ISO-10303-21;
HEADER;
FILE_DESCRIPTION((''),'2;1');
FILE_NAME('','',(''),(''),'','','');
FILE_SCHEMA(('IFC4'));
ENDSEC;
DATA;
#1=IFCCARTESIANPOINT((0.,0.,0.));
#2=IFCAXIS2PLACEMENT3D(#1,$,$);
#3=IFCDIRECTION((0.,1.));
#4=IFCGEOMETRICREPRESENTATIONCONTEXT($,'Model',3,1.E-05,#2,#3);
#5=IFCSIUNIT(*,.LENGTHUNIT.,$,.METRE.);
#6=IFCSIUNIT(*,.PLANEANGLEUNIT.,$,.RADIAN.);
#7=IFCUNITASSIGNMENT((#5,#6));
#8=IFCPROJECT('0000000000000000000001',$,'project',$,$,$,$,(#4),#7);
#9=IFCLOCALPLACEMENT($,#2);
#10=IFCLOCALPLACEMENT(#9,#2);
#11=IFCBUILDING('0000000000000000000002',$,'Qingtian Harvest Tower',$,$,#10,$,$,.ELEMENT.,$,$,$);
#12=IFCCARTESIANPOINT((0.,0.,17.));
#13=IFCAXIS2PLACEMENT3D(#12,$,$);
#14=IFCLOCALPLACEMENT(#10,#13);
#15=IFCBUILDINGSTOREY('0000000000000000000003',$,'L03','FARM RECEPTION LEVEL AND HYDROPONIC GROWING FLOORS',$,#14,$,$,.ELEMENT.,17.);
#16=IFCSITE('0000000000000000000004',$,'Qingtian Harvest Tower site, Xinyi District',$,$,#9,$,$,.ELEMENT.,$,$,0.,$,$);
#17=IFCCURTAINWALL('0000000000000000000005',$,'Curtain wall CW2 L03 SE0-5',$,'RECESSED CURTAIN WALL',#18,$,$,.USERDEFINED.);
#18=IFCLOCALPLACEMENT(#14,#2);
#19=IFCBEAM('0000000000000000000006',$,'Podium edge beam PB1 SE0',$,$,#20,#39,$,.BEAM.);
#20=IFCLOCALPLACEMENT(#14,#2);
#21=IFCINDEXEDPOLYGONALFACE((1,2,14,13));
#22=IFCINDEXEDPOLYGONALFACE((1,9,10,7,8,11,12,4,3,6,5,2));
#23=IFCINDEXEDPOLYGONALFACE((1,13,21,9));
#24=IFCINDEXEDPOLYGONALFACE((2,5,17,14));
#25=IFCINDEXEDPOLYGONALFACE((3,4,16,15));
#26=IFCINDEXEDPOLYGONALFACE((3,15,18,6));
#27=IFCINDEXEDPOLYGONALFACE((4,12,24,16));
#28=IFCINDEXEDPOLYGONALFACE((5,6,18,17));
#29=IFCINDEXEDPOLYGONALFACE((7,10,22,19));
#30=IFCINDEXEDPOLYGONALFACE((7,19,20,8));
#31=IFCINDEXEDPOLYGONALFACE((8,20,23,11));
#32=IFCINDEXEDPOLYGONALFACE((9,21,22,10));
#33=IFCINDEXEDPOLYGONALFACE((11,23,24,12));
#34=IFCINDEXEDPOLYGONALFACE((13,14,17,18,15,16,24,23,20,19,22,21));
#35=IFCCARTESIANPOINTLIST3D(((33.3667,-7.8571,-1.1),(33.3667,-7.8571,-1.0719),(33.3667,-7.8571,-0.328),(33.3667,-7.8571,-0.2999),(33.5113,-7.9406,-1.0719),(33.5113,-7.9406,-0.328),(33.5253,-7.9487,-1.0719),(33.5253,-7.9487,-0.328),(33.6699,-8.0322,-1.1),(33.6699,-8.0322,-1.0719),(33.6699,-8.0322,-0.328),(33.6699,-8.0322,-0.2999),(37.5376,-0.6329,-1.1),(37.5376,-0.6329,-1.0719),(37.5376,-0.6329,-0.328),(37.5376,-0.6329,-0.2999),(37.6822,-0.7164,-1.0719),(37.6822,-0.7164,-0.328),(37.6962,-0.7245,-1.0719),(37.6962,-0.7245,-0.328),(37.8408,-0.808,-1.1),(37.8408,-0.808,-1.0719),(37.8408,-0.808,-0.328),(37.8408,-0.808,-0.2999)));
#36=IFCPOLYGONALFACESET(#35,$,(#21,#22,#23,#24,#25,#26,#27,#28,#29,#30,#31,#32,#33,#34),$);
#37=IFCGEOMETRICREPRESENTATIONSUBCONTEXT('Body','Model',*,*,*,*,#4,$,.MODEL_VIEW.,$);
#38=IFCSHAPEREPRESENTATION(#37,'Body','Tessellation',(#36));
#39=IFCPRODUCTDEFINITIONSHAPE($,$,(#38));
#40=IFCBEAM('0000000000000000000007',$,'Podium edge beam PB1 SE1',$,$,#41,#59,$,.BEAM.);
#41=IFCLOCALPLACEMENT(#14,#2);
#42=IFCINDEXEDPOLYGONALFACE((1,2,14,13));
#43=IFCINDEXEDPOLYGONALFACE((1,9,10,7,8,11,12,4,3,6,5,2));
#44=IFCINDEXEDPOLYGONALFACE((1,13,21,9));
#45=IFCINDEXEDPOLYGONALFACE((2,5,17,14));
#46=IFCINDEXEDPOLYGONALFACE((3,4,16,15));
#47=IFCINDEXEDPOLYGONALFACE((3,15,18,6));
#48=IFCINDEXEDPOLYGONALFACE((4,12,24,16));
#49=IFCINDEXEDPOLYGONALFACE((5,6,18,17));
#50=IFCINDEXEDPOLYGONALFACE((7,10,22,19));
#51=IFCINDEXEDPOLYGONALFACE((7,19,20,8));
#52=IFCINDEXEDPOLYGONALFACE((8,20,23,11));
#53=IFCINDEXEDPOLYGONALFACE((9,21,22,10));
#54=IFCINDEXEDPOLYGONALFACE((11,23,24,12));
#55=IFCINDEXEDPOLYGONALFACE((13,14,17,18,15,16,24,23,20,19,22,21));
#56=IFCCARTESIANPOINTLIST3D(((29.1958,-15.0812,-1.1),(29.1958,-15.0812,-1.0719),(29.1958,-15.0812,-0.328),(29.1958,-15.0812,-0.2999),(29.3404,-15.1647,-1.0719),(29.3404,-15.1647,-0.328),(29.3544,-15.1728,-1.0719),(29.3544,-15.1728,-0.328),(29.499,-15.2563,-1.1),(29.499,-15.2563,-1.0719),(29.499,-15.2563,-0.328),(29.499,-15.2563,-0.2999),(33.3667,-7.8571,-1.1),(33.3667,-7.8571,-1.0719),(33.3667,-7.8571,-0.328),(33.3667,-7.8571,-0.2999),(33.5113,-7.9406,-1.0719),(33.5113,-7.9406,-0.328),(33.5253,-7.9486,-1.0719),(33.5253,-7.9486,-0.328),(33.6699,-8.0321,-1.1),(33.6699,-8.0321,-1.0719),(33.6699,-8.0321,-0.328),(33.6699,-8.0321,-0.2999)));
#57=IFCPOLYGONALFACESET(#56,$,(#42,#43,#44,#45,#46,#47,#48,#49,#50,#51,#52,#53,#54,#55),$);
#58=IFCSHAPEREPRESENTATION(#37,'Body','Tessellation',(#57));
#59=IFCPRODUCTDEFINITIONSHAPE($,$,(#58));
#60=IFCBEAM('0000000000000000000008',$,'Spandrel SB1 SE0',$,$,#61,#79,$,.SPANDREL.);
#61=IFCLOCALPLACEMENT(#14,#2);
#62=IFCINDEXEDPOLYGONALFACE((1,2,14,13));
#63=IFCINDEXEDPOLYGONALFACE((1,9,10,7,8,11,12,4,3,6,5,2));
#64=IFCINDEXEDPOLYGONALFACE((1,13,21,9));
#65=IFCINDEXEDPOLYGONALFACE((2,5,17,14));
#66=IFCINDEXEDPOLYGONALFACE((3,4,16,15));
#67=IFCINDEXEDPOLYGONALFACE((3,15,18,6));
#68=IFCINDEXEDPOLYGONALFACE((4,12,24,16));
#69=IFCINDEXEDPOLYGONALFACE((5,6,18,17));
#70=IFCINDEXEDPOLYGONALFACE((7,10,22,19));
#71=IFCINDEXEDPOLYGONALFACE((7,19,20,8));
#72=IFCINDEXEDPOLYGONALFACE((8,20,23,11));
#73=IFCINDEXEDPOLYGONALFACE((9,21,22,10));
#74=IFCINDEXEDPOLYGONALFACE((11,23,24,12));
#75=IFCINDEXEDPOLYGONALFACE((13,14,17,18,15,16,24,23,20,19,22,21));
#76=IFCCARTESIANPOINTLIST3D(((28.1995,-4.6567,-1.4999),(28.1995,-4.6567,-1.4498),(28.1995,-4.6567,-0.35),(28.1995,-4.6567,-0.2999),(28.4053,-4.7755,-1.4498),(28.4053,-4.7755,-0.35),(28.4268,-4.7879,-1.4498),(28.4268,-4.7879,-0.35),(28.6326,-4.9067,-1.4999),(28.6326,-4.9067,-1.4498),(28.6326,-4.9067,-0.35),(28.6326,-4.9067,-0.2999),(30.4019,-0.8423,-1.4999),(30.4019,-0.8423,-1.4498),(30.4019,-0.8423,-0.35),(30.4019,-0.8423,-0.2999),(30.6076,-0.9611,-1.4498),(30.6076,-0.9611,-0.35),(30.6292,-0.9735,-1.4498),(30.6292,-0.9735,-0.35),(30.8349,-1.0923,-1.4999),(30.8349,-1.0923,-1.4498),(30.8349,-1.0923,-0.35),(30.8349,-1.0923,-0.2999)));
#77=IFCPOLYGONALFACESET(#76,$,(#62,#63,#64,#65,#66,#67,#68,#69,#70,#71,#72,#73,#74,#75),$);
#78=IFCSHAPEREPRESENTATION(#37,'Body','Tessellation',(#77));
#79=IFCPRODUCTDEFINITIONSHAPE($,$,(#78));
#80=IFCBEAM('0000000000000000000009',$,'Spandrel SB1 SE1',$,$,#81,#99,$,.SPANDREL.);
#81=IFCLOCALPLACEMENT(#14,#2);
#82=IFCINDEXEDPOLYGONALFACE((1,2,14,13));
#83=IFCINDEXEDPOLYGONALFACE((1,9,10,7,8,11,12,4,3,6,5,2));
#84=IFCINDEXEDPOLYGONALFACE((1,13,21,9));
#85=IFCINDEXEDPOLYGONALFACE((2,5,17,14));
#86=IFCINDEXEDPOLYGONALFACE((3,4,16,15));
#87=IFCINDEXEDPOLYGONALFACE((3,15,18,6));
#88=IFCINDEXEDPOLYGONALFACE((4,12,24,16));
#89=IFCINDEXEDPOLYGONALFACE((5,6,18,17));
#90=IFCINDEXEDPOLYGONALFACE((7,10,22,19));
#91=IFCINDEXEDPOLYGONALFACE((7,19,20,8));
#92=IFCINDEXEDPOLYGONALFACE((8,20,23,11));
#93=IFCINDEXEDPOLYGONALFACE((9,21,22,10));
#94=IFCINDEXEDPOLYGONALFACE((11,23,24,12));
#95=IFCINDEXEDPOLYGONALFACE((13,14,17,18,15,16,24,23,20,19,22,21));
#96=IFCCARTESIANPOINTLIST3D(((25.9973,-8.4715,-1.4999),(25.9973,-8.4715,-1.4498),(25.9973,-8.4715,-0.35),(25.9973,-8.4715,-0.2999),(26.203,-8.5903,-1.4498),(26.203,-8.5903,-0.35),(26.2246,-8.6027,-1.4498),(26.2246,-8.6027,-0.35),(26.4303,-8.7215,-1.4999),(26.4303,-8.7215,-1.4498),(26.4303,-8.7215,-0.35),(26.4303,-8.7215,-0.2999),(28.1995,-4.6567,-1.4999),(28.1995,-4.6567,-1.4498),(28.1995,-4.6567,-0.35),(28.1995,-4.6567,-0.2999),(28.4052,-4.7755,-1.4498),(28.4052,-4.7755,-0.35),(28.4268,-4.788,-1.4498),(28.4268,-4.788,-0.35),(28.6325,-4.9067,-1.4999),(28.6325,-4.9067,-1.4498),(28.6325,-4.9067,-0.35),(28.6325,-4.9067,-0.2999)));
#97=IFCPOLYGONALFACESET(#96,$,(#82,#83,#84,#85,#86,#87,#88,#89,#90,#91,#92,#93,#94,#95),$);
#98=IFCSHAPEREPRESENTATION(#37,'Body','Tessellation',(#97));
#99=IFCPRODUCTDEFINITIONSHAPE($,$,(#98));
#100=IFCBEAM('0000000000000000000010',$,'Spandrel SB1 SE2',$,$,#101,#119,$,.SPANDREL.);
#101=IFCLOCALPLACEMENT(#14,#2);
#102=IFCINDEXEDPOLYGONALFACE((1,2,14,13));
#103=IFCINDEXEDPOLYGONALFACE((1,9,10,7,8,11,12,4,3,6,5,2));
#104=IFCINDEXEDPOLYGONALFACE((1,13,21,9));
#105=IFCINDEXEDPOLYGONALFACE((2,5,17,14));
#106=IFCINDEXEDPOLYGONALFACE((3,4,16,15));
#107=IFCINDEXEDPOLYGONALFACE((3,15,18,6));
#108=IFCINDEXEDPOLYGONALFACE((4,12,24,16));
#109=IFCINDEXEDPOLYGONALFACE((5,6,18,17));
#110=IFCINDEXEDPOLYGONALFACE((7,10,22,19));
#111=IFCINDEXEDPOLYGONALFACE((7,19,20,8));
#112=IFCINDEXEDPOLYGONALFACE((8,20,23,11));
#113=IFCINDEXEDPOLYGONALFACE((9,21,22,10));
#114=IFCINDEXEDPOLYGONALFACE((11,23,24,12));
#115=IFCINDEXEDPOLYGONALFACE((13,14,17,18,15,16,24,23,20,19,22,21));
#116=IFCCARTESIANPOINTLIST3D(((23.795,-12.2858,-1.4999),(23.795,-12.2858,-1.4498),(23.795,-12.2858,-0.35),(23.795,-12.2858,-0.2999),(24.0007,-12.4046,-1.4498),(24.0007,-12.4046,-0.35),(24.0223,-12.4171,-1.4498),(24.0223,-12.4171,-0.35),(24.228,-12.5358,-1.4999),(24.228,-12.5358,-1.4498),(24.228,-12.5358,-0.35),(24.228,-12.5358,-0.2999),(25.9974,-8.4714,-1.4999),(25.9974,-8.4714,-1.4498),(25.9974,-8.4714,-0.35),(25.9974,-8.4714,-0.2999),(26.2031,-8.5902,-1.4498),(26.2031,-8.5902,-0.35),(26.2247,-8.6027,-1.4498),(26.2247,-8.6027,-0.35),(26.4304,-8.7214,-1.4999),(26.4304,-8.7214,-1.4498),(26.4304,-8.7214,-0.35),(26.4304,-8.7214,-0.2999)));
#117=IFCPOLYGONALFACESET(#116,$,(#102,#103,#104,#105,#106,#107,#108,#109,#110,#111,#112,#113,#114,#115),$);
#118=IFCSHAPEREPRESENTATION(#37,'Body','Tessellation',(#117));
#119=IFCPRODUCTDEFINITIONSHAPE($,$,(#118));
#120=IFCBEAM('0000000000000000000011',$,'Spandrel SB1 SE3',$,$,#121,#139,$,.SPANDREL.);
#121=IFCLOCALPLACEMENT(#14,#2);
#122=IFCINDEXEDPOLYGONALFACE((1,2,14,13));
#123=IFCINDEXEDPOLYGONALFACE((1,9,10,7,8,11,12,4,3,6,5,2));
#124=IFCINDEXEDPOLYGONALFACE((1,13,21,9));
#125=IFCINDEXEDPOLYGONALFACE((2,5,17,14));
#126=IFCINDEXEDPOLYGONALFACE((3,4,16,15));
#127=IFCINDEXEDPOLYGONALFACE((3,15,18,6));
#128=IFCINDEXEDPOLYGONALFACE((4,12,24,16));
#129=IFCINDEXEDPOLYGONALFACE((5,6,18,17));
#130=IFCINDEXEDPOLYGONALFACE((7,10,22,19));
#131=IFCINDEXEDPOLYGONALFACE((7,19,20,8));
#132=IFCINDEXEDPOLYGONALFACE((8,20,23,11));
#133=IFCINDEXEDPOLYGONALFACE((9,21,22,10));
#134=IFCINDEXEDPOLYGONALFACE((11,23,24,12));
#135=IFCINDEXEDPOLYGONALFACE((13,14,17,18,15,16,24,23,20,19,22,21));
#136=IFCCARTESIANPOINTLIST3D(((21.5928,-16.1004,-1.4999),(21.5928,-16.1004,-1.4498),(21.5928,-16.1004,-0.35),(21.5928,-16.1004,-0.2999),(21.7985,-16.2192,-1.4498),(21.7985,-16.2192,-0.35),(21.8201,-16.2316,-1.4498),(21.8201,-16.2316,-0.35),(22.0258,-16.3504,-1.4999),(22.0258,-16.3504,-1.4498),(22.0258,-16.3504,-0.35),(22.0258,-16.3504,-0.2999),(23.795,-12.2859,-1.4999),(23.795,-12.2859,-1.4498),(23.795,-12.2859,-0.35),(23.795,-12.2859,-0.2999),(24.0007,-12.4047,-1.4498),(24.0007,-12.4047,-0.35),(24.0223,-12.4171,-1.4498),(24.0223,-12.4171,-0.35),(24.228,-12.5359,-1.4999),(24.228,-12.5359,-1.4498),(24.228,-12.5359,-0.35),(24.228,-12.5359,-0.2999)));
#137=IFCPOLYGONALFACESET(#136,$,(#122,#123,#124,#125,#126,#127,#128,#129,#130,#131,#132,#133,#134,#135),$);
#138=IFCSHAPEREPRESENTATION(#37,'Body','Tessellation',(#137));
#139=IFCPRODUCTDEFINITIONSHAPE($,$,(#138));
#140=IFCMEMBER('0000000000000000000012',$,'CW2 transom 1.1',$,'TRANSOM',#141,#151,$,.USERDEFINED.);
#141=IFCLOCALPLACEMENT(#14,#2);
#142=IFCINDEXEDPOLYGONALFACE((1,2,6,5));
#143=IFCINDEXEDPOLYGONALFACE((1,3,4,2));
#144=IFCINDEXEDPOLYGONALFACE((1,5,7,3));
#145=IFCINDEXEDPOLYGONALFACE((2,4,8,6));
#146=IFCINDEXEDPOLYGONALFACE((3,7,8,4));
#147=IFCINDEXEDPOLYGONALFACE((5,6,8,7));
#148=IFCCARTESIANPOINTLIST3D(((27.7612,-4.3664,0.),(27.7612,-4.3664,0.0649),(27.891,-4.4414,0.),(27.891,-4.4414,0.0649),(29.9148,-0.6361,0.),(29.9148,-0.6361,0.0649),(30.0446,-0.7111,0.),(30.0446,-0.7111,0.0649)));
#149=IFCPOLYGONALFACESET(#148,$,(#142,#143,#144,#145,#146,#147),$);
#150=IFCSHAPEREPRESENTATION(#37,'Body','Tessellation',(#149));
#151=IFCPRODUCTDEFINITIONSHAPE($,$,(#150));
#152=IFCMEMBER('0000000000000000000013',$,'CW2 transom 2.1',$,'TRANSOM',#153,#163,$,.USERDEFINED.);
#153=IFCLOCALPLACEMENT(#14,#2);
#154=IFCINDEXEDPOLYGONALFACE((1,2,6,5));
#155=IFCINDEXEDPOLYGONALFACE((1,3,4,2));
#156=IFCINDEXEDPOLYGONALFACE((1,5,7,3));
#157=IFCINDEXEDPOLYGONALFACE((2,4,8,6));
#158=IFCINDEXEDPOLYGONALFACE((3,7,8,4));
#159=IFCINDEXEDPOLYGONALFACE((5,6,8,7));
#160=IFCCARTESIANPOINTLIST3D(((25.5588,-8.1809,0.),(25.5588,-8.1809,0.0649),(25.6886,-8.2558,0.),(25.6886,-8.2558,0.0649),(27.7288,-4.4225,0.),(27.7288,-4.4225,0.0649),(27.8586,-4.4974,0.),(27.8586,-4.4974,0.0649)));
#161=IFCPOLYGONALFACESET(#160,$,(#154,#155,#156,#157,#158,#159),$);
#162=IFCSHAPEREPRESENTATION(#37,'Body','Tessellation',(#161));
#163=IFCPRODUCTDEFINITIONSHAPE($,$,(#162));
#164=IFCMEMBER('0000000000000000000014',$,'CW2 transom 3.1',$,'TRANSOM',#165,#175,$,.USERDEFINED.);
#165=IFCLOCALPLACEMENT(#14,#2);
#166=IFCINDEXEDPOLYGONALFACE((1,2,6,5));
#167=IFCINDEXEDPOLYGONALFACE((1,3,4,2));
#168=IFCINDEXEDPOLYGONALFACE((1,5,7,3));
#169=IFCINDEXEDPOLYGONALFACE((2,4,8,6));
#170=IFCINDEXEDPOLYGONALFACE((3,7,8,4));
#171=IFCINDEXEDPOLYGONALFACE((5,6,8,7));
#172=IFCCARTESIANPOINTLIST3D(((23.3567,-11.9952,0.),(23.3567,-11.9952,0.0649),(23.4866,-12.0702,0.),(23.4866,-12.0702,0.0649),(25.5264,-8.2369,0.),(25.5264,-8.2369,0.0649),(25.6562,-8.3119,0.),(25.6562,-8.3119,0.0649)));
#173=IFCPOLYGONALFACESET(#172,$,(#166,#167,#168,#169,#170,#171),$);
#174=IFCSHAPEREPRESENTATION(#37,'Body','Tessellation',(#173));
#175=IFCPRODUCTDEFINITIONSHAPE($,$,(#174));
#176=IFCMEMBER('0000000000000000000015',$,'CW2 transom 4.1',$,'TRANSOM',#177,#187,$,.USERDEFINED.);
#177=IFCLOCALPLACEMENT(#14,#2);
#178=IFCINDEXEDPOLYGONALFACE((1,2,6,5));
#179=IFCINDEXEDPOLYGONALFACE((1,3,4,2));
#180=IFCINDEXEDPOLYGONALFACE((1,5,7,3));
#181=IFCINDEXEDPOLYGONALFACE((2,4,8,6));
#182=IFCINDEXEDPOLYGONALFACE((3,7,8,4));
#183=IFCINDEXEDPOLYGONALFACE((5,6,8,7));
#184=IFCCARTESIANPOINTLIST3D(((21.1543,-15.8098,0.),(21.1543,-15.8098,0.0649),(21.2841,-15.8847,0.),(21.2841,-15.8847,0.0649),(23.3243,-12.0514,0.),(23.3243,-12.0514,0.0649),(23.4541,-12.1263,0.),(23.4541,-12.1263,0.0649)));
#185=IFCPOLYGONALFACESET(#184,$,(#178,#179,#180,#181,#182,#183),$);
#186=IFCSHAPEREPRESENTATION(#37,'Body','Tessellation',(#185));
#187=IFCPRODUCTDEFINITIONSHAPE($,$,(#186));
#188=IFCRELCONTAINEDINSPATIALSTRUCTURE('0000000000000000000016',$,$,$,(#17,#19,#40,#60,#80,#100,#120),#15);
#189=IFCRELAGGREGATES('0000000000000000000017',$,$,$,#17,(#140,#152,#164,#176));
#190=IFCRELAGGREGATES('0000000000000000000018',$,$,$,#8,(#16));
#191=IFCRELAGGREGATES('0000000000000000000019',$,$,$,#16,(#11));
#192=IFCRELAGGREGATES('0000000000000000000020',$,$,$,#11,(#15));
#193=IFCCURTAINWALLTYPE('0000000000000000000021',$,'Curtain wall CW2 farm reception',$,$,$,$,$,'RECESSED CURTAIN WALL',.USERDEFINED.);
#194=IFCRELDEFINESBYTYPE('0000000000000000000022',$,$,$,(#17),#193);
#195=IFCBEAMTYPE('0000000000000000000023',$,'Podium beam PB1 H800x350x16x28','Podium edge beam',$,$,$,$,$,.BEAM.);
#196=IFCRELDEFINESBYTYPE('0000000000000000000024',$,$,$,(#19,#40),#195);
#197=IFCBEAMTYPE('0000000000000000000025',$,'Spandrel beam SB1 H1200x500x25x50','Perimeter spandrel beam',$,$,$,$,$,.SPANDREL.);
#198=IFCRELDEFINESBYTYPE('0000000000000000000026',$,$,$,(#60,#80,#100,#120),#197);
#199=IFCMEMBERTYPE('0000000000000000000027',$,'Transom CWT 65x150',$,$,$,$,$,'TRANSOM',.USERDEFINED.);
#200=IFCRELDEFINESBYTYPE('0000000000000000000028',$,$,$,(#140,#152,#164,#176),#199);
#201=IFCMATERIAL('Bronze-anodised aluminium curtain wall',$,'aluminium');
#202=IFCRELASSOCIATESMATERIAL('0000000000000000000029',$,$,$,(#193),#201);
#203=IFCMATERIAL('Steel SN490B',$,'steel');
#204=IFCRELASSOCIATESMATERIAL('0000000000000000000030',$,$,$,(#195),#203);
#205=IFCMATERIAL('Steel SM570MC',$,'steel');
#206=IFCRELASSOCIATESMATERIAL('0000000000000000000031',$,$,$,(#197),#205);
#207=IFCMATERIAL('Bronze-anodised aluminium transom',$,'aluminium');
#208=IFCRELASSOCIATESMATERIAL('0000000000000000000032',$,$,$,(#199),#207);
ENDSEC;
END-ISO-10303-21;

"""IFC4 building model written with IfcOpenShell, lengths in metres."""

from ifc_helpers import new_model, si_unit, direction, frame, origin, origin_2d, place, context, subcontext, project, spatial, rectangle, i_section, extrude, material, material_profile, profile_set, type_object, element, aggregate, save


model = new_model("IFC4")

# Units and contexts
model_context = context("Model", 3, precision=1e-05, world=origin(), true_north=direction((0.0, 1.0)))
body_context = subcontext(model_context, "Body", "Model", "MODEL_VIEW")
ifc_project = project(units=[si_unit("LENGTHUNIT", "METRE"), si_unit("PLANEANGLEUNIT", "RADIAN")], contexts=[model_context])

# Site, building, storey
site_placement = place(None, origin())
site = spatial("IfcSite", under=ifc_project, at=site_placement, Name="Qingtian Harvest Tower site, Xinyi District", CompositionType="ELEMENT", RefElevation=0.0)
building_placement = place(site_placement, origin())
building = spatial("IfcBuilding", under=site, at=building_placement, Name="Qingtian Harvest Tower", CompositionType="ELEMENT")
storey_placement = place(building_placement, frame((0.0, 0.0, 17.0)))
storey = spatial("IfcBuildingStorey", under=building, at=storey_placement, Name="L03", Description="FARM RECEPTION LEVEL AND HYDROPONIC GROWING FLOORS", CompositionType="ELEMENT", Elevation=17.0)

# Shared definitions
ifc_material_1 = material(Name="Bronze-anodised aluminium curtain wall", Category="aluminium")
curtain_wall_type = type_object("IfcCurtainWallType", Name="Curtain wall CW2 farm reception", ElementType="RECESSED CURTAIN WALL", PredefinedType="USERDEFINED", material=ifc_material_1)

# Curtain wall
curtain_wall_1_placement = place(storey_placement, origin())
curtain_wall_1 = element("IfcCurtainWall", 1, at=curtain_wall_1_placement, inside=storey, type_object=curtain_wall_type, Name="Curtain wall CW2 L03 SE0-5", ObjectType="RECESSED CURTAIN WALL", PredefinedType="USERDEFINED")

# Beams
ifc_material_2 = material(Name="Steel SN490B", Category="steel")
ifc_material_profile_1 = material_profile(ifc_material_2, i_section(OverallWidth=0.3501, OverallDepth=0.8, WebThickness=0.0161, FlangeThickness=0.0281, at=origin_2d()), Name="H800x350x16x28")
ifc_profile_set_1 = profile_set([ifc_material_profile_1], Name="Steel SN490B")
beam_type_1 = type_object("IfcBeamType", Name="Podium beam PB1 H800x350x16x28", Description="Podium edge beam", PredefinedType="BEAM", material=ifc_profile_set_1)
for number, where, z_axis, x_axis, name in (
    (2, (37.6892, -0.7205, -0.7), (-0.500005, -0.866023, 0.0), (0.866023, -0.500005, 0.0), "Podium edge beam PB1 SE0"),
    (3, (33.5183, -7.9446, -0.7), (-0.500005, -0.866023, 0.0), (0.866023, -0.500005, 0.0), "Podium edge beam PB1 SE1"),
):
    element("IfcBeam", number, at=place(storey_placement, frame(where, z_axis=z_axis, x_axis=x_axis)), inside=storey, type_object=beam_type_1, Name=name, PredefinedType="BEAM", context=body_context, shape_type="SweptSolid", body=[
        extrude(i_section(OverallWidth=0.3501, OverallDepth=0.8, WebThickness=0.0161, FlangeThickness=0.0281, at=origin_2d()), origin(), (0.0, 0.0, 1.0), 8.3418),
    ])
ifc_material_3 = material(Name="Steel SM570MC", Category="steel")
ifc_material_profile_2 = material_profile(ifc_material_3, i_section(OverallWidth=0.5, OverallDepth=1.2, WebThickness=0.0249, FlangeThickness=0.05, at=origin_2d()), Name="H1200x500x25x50")
ifc_profile_set_2 = profile_set([ifc_material_profile_2], Name="Steel SM570MC")
beam_type_2 = type_object("IfcBeamType", Name="Spandrel beam SB1 H1200x500x25x50", Description="Perimeter spandrel beam", PredefinedType="SPANDREL", material=ifc_profile_set_2)
beam_1_placement = place(storey_placement, frame((30.6184, -0.9673, -0.8999), z_axis=(-0.50002, -0.866014, 0.0), x_axis=(0.866014, -0.50002, 0.0)))
element("IfcBeam", 4, at=beam_1_placement, inside=storey, type_object=beam_type_2, Name="Spandrel SB1 SE0", PredefinedType="SPANDREL", context=body_context, shape_type="SweptSolid", body=[
    extrude(i_section(OverallWidth=0.5, OverallDepth=1.2, WebThickness=0.0249, FlangeThickness=0.05, at=origin_2d()), origin(), (0.0, 0.0, 1.0), 4.4045),
])
beam_2_placement = place(storey_placement, frame((28.416, -4.7817, -0.8999), z_axis=(-0.499954, -0.866052, 0.0), x_axis=(0.866052, -0.499954, 0.0)))
element("IfcBeam", 5, at=beam_2_placement, inside=storey, type_object=beam_type_2, Name="Spandrel SB1 SE1", PredefinedType="SPANDREL", context=body_context, shape_type="SweptSolid", body=[
    extrude(i_section(OverallWidth=0.5, OverallDepth=1.2, WebThickness=0.0249, FlangeThickness=0.05, at=origin_2d()), origin(), (0.0, 0.0, 1.0), 4.4048),
])
for number, where, z_axis, x_axis, name in (
    (6, (26.2139, -8.5964, -0.8999), (-0.50002, -0.866014, 0.0), (0.866014, -0.50002, 0.0), "Spandrel SB1 SE2"),
    (7, (24.0115, -12.4109, -0.8999), (-0.499978, -0.866038, 0.0), (0.866038, -0.499978, 0.0), "Spandrel SB1 SE3"),
):
    element("IfcBeam", number, at=place(storey_placement, frame(where, z_axis=z_axis, x_axis=x_axis)), inside=storey, type_object=beam_type_2, Name=name, PredefinedType="SPANDREL", context=body_context, shape_type="SweptSolid", body=[
        extrude(i_section(OverallWidth=0.5, OverallDepth=1.2, WebThickness=0.0249, FlangeThickness=0.05, at=origin_2d()), origin(), (0.0, 0.0, 1.0), 4.4045),
    ])

# Members
ifc_material_4 = material(Name="Bronze-anodised aluminium transom", Category="aluminium")
ifc_material_profile_3 = material_profile(ifc_material_4, rectangle(XDim=0.1499, YDim=0.0649, at=origin_2d()), Name="AL 65x150")
ifc_profile_set_3 = profile_set([ifc_material_profile_3], Name="Bronze-anodised aluminium transom")
member_type_1 = type_object("IfcMemberType", Name="Transom CWT 65x150", ElementType="TRANSOM", PredefinedType="USERDEFINED", material=ifc_profile_set_3)
member_1_placement = place(storey_placement, frame((29.9797, -0.6736, 0.0325), z_axis=(-0.499986, -0.866034, 0.0), x_axis=(0.866034, -0.499986, 0.0)))
member_1 = element("IfcMember", 8, at=member_1_placement, type_object=member_type_1, Name="CW2 transom 1.1", ObjectType="TRANSOM", PredefinedType="USERDEFINED", context=body_context, shape_type="SweptSolid", body=[
    extrude(rectangle(XDim=0.1499, YDim=0.0649, at=origin_2d()), origin(), (0.0, 0.0, 1.0), 4.3074),
])
member_2_placement = place(storey_placement, frame((27.7937, -4.46, 0.0325), z_axis=(-0.500011, -0.866019, 0.0), x_axis=(0.866019, -0.500011, 0.0)))
member_2 = element("IfcMember", 9, at=member_2_placement, type_object=member_type_1, Name="CW2 transom 2.1", ObjectType="TRANSOM", PredefinedType="USERDEFINED", context=body_context, shape_type="SweptSolid", body=[
    extrude(rectangle(XDim=0.1499, YDim=0.0649, at=origin_2d()), origin(), (0.0, 0.0, 1.0), 4.3398),
])
member_3_placement = place(storey_placement, frame((25.5913, -8.2744, 0.0325), z_axis=(-0.499969, -0.866043, 0.0), x_axis=(0.866043, -0.499969, 0.0)))
member_3 = element("IfcMember", 10, at=member_3_placement, type_object=member_type_1, Name="CW2 transom 3.1", ObjectType="TRANSOM", PredefinedType="USERDEFINED", context=body_context, shape_type="SweptSolid", body=[
    extrude(rectangle(XDim=0.1499, YDim=0.0649, at=origin_2d()), origin(), (0.0, 0.0, 1.0), 4.3396),
])
member_4_placement = place(storey_placement, frame((23.3892, -12.0889, 0.0325), z_axis=(-0.500011, -0.866019, 0.0), x_axis=(0.866019, -0.500011, 0.0)))
member_4 = element("IfcMember", 11, at=member_4_placement, type_object=member_type_1, Name="CW2 transom 4.1", ObjectType="TRANSOM", PredefinedType="USERDEFINED", context=body_context, shape_type="SweptSolid", body=[
    extrude(rectangle(XDim=0.1499, YDim=0.0649, at=origin_2d()), origin(), (0.0, 0.0, 1.0), 4.3398),
])

aggregate(curtain_wall_1, [member_1, member_2, member_3, member_4])

save(model, "model.ifc")
